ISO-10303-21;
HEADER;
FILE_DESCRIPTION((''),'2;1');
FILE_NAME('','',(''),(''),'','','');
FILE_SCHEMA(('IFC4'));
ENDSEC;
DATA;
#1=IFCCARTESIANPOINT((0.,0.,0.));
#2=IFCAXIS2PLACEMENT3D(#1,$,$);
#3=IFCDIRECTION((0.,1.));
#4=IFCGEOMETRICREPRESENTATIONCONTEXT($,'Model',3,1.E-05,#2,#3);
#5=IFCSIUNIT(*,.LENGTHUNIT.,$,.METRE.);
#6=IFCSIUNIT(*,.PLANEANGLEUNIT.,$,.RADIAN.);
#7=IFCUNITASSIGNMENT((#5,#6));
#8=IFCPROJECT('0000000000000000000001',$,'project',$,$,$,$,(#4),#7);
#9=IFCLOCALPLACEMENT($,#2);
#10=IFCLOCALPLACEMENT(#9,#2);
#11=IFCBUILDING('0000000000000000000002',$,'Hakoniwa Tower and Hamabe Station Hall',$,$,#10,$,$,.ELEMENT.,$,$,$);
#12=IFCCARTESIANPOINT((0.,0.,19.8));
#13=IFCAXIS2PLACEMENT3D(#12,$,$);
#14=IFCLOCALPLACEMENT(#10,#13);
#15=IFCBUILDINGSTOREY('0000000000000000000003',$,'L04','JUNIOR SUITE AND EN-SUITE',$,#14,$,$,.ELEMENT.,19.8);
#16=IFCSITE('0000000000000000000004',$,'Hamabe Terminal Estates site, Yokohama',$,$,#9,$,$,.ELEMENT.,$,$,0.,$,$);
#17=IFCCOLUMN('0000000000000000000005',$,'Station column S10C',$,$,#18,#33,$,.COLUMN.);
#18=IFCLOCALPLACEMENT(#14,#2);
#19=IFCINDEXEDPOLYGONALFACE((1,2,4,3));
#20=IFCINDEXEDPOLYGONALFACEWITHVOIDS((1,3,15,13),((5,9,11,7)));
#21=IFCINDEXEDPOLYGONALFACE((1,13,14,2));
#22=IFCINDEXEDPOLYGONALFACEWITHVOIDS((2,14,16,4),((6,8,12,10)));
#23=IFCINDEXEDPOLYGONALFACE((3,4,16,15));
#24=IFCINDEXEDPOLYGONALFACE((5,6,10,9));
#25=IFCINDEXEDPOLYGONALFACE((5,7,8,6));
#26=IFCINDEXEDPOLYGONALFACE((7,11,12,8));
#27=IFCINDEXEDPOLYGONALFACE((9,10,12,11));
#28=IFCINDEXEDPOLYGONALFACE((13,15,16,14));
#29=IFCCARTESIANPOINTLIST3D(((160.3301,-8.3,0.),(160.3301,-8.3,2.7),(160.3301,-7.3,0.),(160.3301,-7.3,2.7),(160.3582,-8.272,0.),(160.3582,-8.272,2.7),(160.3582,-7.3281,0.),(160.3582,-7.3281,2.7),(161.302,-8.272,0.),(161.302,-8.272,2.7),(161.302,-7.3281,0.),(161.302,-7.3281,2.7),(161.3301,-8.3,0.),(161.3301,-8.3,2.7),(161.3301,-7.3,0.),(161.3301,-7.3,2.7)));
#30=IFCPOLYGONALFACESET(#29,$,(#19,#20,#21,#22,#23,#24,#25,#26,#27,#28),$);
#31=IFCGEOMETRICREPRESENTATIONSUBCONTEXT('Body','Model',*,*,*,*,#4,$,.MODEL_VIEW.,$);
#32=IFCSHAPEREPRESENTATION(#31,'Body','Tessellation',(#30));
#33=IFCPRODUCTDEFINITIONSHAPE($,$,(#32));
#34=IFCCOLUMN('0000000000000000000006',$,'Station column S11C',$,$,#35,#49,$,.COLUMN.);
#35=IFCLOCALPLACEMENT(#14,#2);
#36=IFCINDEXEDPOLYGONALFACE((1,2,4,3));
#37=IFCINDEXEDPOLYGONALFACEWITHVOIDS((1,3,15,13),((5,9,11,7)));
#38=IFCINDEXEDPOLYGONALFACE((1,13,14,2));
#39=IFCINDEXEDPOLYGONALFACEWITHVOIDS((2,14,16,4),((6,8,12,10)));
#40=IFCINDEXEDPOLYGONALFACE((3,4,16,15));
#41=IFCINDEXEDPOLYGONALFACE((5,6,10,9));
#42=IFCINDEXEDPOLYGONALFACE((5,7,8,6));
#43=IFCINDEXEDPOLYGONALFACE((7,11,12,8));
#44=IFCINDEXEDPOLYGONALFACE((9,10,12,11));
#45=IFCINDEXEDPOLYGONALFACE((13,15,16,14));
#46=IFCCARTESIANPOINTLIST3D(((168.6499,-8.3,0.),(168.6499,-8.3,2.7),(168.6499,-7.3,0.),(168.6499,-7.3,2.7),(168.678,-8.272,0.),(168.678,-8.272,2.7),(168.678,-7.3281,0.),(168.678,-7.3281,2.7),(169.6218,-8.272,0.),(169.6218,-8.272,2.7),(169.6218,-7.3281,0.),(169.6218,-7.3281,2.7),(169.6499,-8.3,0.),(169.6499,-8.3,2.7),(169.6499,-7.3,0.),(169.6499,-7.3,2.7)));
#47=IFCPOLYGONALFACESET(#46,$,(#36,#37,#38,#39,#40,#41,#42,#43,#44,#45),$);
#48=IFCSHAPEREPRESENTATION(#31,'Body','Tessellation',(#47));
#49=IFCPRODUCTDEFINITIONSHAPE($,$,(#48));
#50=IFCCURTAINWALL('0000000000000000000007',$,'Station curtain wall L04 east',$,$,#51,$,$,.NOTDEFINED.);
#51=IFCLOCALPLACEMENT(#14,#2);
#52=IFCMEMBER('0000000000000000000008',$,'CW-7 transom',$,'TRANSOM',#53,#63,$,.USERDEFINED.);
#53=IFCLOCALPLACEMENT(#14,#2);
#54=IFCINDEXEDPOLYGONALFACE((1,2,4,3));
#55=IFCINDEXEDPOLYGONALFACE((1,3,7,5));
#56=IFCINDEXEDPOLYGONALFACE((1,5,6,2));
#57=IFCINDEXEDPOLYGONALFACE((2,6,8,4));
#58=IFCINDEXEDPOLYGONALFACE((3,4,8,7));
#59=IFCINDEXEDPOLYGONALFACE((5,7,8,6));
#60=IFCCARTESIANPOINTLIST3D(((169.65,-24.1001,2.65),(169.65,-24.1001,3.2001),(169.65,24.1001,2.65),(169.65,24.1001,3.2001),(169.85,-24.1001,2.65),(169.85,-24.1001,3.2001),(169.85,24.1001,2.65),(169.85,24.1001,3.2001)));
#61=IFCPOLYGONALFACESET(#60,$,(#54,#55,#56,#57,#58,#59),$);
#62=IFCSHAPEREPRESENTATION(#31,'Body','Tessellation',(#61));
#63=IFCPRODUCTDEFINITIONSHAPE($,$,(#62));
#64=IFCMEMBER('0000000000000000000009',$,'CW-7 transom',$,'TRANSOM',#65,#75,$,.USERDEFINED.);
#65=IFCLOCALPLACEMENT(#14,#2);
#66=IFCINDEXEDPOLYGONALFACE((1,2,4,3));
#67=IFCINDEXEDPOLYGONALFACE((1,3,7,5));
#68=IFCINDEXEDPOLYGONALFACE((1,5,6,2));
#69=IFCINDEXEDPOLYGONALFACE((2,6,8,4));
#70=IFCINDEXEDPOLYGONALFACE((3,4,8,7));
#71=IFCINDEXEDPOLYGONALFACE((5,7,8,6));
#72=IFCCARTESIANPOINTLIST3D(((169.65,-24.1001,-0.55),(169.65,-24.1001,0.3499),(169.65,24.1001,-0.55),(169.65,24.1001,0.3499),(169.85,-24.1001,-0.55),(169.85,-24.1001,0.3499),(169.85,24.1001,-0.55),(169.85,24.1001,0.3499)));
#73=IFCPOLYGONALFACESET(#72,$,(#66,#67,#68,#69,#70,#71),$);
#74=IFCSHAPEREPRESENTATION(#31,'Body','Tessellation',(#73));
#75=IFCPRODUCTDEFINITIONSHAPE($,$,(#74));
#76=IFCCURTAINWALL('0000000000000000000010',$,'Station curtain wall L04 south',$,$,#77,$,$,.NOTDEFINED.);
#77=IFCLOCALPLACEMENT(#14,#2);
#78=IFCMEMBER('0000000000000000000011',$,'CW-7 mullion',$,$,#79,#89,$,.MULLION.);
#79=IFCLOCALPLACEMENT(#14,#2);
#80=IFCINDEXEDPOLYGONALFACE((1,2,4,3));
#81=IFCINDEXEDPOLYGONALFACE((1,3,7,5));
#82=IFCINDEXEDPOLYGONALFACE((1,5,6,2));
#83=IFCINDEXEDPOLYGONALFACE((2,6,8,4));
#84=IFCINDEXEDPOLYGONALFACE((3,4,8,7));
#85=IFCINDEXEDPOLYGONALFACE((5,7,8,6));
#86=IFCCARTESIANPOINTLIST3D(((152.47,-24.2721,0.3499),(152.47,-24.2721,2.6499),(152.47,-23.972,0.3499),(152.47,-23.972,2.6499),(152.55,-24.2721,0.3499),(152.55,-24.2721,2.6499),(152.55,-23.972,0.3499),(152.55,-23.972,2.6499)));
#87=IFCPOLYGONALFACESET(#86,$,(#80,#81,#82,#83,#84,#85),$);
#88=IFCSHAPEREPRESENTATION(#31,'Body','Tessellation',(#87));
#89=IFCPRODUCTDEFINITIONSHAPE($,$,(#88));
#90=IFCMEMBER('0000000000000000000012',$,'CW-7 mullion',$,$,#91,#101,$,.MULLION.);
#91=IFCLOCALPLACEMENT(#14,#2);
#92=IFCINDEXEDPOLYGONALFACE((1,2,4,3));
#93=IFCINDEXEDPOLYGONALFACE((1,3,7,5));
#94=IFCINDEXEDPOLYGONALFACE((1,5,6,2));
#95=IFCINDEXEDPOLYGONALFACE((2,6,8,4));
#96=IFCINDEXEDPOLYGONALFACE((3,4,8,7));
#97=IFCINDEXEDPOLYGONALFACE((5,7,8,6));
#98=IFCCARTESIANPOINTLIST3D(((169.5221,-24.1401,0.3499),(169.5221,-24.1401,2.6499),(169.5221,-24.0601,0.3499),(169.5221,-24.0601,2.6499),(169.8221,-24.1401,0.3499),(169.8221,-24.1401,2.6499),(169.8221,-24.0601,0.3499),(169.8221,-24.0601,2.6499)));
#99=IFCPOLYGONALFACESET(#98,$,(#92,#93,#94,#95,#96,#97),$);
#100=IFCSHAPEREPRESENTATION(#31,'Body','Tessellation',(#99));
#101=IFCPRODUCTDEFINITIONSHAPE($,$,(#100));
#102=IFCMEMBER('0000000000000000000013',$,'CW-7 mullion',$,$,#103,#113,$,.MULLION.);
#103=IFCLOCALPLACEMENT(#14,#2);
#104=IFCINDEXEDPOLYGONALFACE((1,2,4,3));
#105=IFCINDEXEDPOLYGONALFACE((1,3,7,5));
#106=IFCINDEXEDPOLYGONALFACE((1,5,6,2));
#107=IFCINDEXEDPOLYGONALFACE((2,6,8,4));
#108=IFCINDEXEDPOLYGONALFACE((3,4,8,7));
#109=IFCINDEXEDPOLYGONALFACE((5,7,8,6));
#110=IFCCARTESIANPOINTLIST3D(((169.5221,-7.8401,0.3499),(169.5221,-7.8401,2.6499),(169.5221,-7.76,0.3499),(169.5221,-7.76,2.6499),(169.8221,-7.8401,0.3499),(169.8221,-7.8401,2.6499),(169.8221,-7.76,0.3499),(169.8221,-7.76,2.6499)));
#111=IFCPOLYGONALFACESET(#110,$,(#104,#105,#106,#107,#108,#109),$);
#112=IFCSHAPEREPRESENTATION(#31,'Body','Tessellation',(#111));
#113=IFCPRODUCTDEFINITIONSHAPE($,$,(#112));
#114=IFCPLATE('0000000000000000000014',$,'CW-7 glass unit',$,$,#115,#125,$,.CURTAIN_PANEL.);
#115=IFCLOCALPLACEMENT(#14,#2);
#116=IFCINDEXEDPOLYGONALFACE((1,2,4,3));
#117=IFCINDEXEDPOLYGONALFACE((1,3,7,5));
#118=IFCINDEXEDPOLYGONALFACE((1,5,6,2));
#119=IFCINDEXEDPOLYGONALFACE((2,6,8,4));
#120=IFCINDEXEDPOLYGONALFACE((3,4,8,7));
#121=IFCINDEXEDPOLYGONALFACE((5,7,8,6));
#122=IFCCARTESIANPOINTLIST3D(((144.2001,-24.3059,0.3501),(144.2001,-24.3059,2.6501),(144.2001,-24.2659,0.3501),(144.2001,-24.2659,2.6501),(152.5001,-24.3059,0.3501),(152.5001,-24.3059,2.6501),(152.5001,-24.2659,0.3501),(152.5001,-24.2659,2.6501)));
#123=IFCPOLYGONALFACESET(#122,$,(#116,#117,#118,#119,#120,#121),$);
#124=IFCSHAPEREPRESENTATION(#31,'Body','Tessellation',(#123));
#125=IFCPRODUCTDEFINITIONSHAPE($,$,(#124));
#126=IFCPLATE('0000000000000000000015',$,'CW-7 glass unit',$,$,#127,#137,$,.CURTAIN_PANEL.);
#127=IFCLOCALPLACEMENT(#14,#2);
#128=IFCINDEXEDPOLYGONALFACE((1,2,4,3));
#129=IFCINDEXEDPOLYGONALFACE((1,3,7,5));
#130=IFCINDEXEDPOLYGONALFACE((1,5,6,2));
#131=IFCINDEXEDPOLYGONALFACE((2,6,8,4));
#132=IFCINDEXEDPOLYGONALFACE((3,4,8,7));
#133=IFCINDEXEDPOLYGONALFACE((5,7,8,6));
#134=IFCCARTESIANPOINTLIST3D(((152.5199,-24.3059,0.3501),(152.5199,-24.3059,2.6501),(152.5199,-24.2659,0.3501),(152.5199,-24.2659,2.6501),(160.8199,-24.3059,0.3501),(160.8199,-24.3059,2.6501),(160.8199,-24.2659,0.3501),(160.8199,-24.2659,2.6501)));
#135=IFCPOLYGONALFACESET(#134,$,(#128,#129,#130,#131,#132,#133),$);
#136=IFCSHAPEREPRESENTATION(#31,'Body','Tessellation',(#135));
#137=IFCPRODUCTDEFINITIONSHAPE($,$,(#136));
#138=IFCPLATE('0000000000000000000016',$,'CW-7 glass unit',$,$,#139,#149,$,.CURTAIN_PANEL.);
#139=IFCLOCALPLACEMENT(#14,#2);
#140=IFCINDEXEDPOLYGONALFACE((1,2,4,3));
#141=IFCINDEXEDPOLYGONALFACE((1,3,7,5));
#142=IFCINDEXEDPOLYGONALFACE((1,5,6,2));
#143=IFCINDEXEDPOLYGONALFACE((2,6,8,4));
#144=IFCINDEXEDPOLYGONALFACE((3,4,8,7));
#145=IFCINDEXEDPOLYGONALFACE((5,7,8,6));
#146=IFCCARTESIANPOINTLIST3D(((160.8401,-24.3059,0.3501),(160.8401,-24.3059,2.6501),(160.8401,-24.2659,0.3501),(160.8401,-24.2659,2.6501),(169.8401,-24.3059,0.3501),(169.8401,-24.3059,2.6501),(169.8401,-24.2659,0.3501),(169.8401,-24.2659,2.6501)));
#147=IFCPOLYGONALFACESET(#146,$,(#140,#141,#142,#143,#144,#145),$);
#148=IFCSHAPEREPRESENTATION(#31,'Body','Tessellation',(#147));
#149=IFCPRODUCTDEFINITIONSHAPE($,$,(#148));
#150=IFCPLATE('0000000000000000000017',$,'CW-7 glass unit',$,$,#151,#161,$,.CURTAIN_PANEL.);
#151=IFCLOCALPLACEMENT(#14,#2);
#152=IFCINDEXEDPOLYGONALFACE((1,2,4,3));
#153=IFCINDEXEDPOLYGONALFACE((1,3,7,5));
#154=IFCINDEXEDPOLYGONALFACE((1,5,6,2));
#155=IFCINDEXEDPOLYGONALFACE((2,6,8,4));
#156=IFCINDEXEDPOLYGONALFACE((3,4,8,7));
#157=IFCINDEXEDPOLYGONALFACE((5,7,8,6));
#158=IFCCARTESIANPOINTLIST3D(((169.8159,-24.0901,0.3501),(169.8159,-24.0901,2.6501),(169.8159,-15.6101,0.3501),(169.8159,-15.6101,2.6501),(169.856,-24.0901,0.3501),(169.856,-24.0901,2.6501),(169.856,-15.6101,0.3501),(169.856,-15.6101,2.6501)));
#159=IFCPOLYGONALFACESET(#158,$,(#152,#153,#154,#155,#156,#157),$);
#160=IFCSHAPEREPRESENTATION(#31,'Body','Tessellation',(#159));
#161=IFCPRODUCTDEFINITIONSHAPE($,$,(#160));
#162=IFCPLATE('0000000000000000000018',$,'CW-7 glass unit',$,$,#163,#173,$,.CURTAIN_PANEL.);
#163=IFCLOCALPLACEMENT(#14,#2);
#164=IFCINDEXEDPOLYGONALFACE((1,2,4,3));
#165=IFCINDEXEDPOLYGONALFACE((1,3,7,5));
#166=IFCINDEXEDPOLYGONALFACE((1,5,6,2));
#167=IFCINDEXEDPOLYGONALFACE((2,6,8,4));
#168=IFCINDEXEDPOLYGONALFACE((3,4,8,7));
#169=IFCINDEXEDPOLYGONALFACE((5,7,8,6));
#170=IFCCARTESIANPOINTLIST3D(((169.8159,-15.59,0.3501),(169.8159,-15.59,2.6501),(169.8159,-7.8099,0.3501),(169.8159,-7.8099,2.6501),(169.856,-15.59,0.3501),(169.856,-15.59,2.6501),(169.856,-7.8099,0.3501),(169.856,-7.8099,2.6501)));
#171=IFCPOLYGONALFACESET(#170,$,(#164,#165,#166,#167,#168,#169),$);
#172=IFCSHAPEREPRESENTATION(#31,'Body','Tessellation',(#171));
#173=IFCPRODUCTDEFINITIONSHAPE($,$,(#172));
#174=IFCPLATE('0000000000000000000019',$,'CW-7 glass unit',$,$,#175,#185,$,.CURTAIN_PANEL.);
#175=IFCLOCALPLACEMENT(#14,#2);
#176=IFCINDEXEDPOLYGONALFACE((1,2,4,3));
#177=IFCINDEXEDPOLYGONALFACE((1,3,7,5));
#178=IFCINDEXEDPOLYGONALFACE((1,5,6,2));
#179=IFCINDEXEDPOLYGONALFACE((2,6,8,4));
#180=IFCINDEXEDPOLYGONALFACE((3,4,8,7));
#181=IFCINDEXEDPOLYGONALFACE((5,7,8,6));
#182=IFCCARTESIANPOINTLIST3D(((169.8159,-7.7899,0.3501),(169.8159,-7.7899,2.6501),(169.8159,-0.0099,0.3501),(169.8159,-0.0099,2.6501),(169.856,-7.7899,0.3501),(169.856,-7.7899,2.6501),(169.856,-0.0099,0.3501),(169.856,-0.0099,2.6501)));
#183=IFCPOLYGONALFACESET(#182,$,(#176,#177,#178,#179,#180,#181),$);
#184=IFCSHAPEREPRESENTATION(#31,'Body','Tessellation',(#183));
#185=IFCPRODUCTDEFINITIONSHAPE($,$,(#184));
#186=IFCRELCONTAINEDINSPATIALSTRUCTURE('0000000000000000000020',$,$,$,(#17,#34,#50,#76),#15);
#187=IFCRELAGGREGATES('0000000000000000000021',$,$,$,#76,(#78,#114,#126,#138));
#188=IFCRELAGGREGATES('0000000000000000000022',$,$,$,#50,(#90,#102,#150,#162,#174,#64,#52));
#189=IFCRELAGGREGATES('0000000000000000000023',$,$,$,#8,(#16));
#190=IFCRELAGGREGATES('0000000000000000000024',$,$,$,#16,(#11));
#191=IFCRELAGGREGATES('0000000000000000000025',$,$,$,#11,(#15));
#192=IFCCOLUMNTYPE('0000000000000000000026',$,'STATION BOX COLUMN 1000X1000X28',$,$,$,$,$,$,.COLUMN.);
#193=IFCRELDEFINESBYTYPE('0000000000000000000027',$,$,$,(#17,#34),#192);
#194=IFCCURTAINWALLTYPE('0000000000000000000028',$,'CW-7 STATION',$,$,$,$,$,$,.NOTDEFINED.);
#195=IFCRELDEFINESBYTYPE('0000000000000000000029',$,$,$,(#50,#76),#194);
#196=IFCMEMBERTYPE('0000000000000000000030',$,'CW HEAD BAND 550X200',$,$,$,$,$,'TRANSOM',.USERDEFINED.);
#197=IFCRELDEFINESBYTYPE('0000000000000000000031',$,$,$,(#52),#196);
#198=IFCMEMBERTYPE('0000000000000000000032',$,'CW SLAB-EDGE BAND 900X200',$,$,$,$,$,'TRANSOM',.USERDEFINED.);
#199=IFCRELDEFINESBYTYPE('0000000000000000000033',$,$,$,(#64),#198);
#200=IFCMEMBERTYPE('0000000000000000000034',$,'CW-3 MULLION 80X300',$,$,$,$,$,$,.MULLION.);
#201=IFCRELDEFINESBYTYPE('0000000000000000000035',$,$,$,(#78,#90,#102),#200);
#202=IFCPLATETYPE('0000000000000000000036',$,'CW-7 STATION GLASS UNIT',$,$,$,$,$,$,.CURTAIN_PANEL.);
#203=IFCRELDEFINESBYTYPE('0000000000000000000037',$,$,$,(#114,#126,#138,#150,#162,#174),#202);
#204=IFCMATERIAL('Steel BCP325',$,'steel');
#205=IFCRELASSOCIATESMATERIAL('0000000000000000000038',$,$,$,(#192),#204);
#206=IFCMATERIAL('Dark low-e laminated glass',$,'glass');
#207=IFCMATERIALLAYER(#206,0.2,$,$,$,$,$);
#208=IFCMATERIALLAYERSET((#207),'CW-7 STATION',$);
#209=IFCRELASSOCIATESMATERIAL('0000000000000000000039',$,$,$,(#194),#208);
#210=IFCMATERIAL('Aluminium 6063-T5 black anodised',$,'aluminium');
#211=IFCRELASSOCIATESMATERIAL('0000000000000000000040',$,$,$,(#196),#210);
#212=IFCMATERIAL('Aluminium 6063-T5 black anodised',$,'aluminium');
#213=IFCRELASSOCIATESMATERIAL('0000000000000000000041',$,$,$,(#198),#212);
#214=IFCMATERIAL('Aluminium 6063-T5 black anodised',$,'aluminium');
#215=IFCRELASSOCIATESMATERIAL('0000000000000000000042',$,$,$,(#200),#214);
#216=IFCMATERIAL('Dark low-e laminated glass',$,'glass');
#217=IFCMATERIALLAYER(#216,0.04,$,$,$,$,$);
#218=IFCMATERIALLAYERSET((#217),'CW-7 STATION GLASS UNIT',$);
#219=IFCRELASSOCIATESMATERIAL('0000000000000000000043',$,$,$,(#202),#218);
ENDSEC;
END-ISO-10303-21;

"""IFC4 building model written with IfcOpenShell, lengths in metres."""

from ifc_helpers import new_model, si_unit, direction, frame, origin, origin_2d, place, context, subcontext, project, spatial, rectangle, hollow_rectangle, extrude, material, layer, layer_set, material_profile, profile_set, type_object, element, aggregate, save


model = new_model("IFC4")

# Units and contexts
model_context = context("Model", 3, precision=1e-05, world=origin(), true_north=direction((0.0, 1.0)))
body_context = subcontext(model_context, "Body", "Model", "MODEL_VIEW")
ifc_project = project(units=[si_unit("LENGTHUNIT", "METRE"), si_unit("PLANEANGLEUNIT", "RADIAN")], contexts=[model_context])

# Site, building, storey
site_placement = place(None, origin())
site = spatial("IfcSite", under=ifc_project, at=site_placement, Name="Hamabe Terminal Estates site, Yokohama", CompositionType="ELEMENT", RefElevation=0.0)
building_placement = place(site_placement, origin())
building = spatial("IfcBuilding", under=site, at=building_placement, Name="Hakoniwa Tower and Hamabe Station Hall", CompositionType="ELEMENT")
storey_placement = place(building_placement, frame((0.0, 0.0, 19.8)))
storey = spatial("IfcBuildingStorey", under=building, at=storey_placement, Name="L04", Description="JUNIOR SUITE AND EN-SUITE", CompositionType="ELEMENT", Elevation=19.8)

# Columns
ifc_material_1 = material(Name="Steel BCP325", Category="steel")
ifc_material_profile_1 = material_profile(ifc_material_1, hollow_rectangle(XDim=1.0, YDim=1.0, WallThickness=0.0281, at=origin_2d()), Name="STATION BOX COLUMN 1000X1000X28")
ifc_profile_set_1 = profile_set([ifc_material_profile_1], Name="Steel BCP325")
column_type = type_object("IfcColumnType", Name="STATION BOX COLUMN 1000X1000X28", PredefinedType="COLUMN", material=ifc_profile_set_1)
for number, where, z_axis, x_axis, name in (
    (1, (160.8301, -7.8, 0.0), (0.0, 0.0, 1.0), (1.0, 0.0, 0.0), "Station column S10C"),
    (2, (169.1499, -7.8, 0.0), (0.0, 0.0, 1.0), (1.0, 0.0, 0.0), "Station column S11C"),
):
    element("IfcColumn", number, at=place(storey_placement, frame(where, z_axis=z_axis, x_axis=x_axis)), inside=storey, type_object=column_type, Name=name, PredefinedType="COLUMN", context=body_context, shape_type="SweptSolid", body=[
        extrude(hollow_rectangle(XDim=1.0, YDim=1.0, WallThickness=0.0281, at=origin_2d()), origin(), (0.0, 0.0, 1.0), 2.7),
    ])

# Curtain wall, members
ifc_material_2 = material(Name="Dark low-e laminated glass", Category="glass")
ifc_layer_1 = layer(ifc_material_2, 0.2)
ifc_layer_set_1 = layer_set([ifc_layer_1], Name="CW-7 STATION")
curtain_wall_type = type_object("IfcCurtainWallType", Name="CW-7 STATION", PredefinedType="NOTDEFINED", material=ifc_layer_set_1)
curtain_wall_1_placement = place(storey_placement, origin())
curtain_wall_1 = element("IfcCurtainWall", 3, at=curtain_wall_1_placement, inside=storey, type_object=curtain_wall_type, Name="Station curtain wall L04 east", PredefinedType="NOTDEFINED")
ifc_material_3 = material(Name="Aluminium 6063-T5 black anodised", Category="aluminium")
ifc_material_profile_2 = material_profile(ifc_material_3, rectangle(XDim=0.2, YDim=0.55, at=origin_2d()), Name="CW HEAD BAND 550X200")
ifc_profile_set_2 = profile_set([ifc_material_profile_2], Name="Aluminium 6063-T5 black anodised")
member_type_1 = type_object("IfcMemberType", Name="CW HEAD BAND 550X200", ElementType="TRANSOM", PredefinedType="USERDEFINED", material=ifc_profile_set_2)
member_1_placement = place(storey_placement, frame((169.75, -24.1001, 2.925), z_axis=(0.0, 1.0, 0.0), x_axis=(-1.0, 0.0, 0.0)))
member_1 = element("IfcMember", 4, at=member_1_placement, type_object=member_type_1, Name="CW-7 transom", ObjectType="TRANSOM", PredefinedType="USERDEFINED", context=body_context, shape_type="SweptSolid", body=[
    extrude(rectangle(XDim=0.2, YDim=0.55, at=origin_2d()), origin(), (0.0, 0.0, 1.0), 48.2002),
])
ifc_material_4 = material(Name="Aluminium 6063-T5 black anodised", Category="aluminium")
ifc_material_profile_3 = material_profile(ifc_material_4, rectangle(XDim=0.2, YDim=0.8999, at=origin_2d()), Name="CW SLAB-EDGE BAND 900X200")
ifc_profile_set_3 = profile_set([ifc_material_profile_3], Name="Aluminium 6063-T5 black anodised")
member_type_2 = type_object("IfcMemberType", Name="CW SLAB-EDGE BAND 900X200", ElementType="TRANSOM", PredefinedType="USERDEFINED", material=ifc_profile_set_3)
member_2_placement = place(storey_placement, frame((169.75, -24.1001, -0.1001), z_axis=(0.0, 1.0, 0.0), x_axis=(-1.0, 0.0, 0.0)))
member_2 = element("IfcMember", 5, at=member_2_placement, type_object=member_type_2, Name="CW-7 transom", ObjectType="TRANSOM", PredefinedType="USERDEFINED", context=body_context, shape_type="SweptSolid", body=[
    extrude(rectangle(XDim=0.2, YDim=0.8999, at=origin_2d()), origin(), (0.0, 0.0, 1.0), 48.2002),
])

# Curtain wall, member
curtain_wall_2_placement = place(storey_placement, origin())
curtain_wall_2 = element("IfcCurtainWall", 6, at=curtain_wall_2_placement, inside=storey, type_object=curtain_wall_type, Name="Station curtain wall L04 south", PredefinedType="NOTDEFINED")
ifc_material_5 = material(Name="Aluminium 6063-T5 black anodised", Category="aluminium")
ifc_material_profile_4 = material_profile(ifc_material_5, rectangle(XDim=0.0801, YDim=0.3, at=origin_2d()), Name="CW-3 MULLION 80X300")
ifc_profile_set_4 = profile_set([ifc_material_profile_4], Name="Aluminium 6063-T5 black anodised")
member_type_3 = type_object("IfcMemberType", Name="CW-3 MULLION 80X300", PredefinedType="MULLION", material=ifc_profile_set_4)
member_3_placement = place(storey_placement, frame((152.51, -24.1221, 0.3499), z_axis=(0.0, 0.0, 1.0), x_axis=(1.0, 0.0, 0.0)))
member_3 = element("IfcMember", 7, at=member_3_placement, type_object=member_type_3, Name="CW-7 mullion", PredefinedType="MULLION", context=body_context, shape_type="SweptSolid", body=[
    extrude(rectangle(XDim=0.0801, YDim=0.3, at=origin_2d()), origin(), (0.0, 0.0, 1.0), 2.3),
])

# Members
member_4_placement = place(storey_placement, frame((169.6721, -24.1001, 0.3499), z_axis=(0.0, 0.0, 1.0), x_axis=(0.0, 1.0, 0.0)))
member_4 = element("IfcMember", 8, at=member_4_placement, type_object=member_type_3, Name="CW-7 mullion", PredefinedType="MULLION", context=body_context, shape_type="SweptSolid", body=[
    extrude(rectangle(XDim=0.0801, YDim=0.3, at=origin_2d()), origin(), (0.0, 0.0, 1.0), 2.3),
])
member_5_placement = place(storey_placement, frame((169.6721, -7.8, 0.3499), z_axis=(0.0, 0.0, 1.0), x_axis=(0.0, 1.0, 0.0)))
member_5 = element("IfcMember", 9, at=member_5_placement, type_object=member_type_3, Name="CW-7 mullion", PredefinedType="MULLION", context=body_context, shape_type="SweptSolid", body=[
    extrude(rectangle(XDim=0.0801, YDim=0.3, at=origin_2d()), origin(), (0.0, 0.0, 1.0), 2.3),
])

# Plates
ifc_material_6 = material(Name="Dark low-e laminated glass", Category="glass")
ifc_layer_2 = layer(ifc_material_6, 0.04)
ifc_layer_set_2 = layer_set([ifc_layer_2], Name="CW-7 STATION GLASS UNIT")
plate_type = type_object("IfcPlateType", Name="CW-7 STATION GLASS UNIT", PredefinedType="CURTAIN_PANEL", material=ifc_layer_set_2)
plate_1_placement = place(storey_placement, frame((148.3501, -24.2859, 0.3501), z_axis=(0.0, 0.0, 1.0), x_axis=(1.0, 0.0, 0.0)))
plate_1 = element("IfcPlate", 10, at=plate_1_placement, type_object=plate_type, Name="CW-7 glass unit", PredefinedType="CURTAIN_PANEL", context=body_context, shape_type="SweptSolid", body=[
    extrude(rectangle(XDim=8.3, YDim=0.04, at=origin_2d()), origin(), (0.0, 0.0, 1.0), 2.3),
])
plate_2_placement = place(storey_placement, frame((156.6699, -24.2859, 0.3501), z_axis=(0.0, 0.0, 1.0), x_axis=(1.0, 0.0, 0.0)))
plate_2 = element("IfcPlate", 11, at=plate_2_placement, type_object=plate_type, Name="CW-7 glass unit", PredefinedType="CURTAIN_PANEL", context=body_context, shape_type="SweptSolid", body=[
    extrude(rectangle(XDim=8.3, YDim=0.04, at=origin_2d()), origin(), (0.0, 0.0, 1.0), 2.3),
])
plate_3_placement = place(storey_placement, frame((165.3401, -24.2859, 0.3501), z_axis=(0.0, 0.0, 1.0), x_axis=(1.0, 0.0, 0.0)))
plate_3 = element("IfcPlate", 12, at=plate_3_placement, type_object=plate_type, Name="CW-7 glass unit", PredefinedType="CURTAIN_PANEL", context=body_context, shape_type="SweptSolid", body=[
    extrude(rectangle(XDim=9.0, YDim=0.04, at=origin_2d()), origin(), (0.0, 0.0, 1.0), 2.3),
])
aggregate(curtain_wall_2, [member_3, plate_1, plate_2, plate_3])
plate_4_placement = place(storey_placement, frame((169.8359, -19.8501, 0.3501), z_axis=(0.0, 0.0, 1.0), x_axis=(0.0, 1.0, 0.0)))
plate_4 = element("IfcPlate", 13, at=plate_4_placement, type_object=plate_type, Name="CW-7 glass unit", PredefinedType="CURTAIN_PANEL", context=body_context, shape_type="SweptSolid", body=[
    extrude(rectangle(XDim=8.48, YDim=0.04, at=origin_2d()), origin(), (0.0, 0.0, 1.0), 2.3),
])
plate_5_placement = place(storey_placement, frame((169.8359, -11.7, 0.3501), z_axis=(0.0, 0.0, 1.0), x_axis=(0.0, 1.0, 0.0)))
plate_5 = element("IfcPlate", 14, at=plate_5_placement, type_object=plate_type, Name="CW-7 glass unit", PredefinedType="CURTAIN_PANEL", context=body_context, shape_type="SweptSolid", body=[
    extrude(rectangle(XDim=7.78, YDim=0.04, at=origin_2d()), origin(), (0.0, 0.0, 1.0), 2.3),
])
plate_6_placement = place(storey_placement, frame((169.8359, -3.8999, 0.3501), z_axis=(0.0, 0.0, 1.0), x_axis=(0.0, 1.0, 0.0)))
plate_6 = element("IfcPlate", 15, at=plate_6_placement, type_object=plate_type, Name="CW-7 glass unit", PredefinedType="CURTAIN_PANEL", context=body_context, shape_type="SweptSolid", body=[
    extrude(rectangle(XDim=7.78, YDim=0.04, at=origin_2d()), origin(), (0.0, 0.0, 1.0), 2.3),
])
aggregate(curtain_wall_1, [member_4, member_5, plate_4, plate_5, plate_6, member_2, member_1])

save(model, "model.ifc")
